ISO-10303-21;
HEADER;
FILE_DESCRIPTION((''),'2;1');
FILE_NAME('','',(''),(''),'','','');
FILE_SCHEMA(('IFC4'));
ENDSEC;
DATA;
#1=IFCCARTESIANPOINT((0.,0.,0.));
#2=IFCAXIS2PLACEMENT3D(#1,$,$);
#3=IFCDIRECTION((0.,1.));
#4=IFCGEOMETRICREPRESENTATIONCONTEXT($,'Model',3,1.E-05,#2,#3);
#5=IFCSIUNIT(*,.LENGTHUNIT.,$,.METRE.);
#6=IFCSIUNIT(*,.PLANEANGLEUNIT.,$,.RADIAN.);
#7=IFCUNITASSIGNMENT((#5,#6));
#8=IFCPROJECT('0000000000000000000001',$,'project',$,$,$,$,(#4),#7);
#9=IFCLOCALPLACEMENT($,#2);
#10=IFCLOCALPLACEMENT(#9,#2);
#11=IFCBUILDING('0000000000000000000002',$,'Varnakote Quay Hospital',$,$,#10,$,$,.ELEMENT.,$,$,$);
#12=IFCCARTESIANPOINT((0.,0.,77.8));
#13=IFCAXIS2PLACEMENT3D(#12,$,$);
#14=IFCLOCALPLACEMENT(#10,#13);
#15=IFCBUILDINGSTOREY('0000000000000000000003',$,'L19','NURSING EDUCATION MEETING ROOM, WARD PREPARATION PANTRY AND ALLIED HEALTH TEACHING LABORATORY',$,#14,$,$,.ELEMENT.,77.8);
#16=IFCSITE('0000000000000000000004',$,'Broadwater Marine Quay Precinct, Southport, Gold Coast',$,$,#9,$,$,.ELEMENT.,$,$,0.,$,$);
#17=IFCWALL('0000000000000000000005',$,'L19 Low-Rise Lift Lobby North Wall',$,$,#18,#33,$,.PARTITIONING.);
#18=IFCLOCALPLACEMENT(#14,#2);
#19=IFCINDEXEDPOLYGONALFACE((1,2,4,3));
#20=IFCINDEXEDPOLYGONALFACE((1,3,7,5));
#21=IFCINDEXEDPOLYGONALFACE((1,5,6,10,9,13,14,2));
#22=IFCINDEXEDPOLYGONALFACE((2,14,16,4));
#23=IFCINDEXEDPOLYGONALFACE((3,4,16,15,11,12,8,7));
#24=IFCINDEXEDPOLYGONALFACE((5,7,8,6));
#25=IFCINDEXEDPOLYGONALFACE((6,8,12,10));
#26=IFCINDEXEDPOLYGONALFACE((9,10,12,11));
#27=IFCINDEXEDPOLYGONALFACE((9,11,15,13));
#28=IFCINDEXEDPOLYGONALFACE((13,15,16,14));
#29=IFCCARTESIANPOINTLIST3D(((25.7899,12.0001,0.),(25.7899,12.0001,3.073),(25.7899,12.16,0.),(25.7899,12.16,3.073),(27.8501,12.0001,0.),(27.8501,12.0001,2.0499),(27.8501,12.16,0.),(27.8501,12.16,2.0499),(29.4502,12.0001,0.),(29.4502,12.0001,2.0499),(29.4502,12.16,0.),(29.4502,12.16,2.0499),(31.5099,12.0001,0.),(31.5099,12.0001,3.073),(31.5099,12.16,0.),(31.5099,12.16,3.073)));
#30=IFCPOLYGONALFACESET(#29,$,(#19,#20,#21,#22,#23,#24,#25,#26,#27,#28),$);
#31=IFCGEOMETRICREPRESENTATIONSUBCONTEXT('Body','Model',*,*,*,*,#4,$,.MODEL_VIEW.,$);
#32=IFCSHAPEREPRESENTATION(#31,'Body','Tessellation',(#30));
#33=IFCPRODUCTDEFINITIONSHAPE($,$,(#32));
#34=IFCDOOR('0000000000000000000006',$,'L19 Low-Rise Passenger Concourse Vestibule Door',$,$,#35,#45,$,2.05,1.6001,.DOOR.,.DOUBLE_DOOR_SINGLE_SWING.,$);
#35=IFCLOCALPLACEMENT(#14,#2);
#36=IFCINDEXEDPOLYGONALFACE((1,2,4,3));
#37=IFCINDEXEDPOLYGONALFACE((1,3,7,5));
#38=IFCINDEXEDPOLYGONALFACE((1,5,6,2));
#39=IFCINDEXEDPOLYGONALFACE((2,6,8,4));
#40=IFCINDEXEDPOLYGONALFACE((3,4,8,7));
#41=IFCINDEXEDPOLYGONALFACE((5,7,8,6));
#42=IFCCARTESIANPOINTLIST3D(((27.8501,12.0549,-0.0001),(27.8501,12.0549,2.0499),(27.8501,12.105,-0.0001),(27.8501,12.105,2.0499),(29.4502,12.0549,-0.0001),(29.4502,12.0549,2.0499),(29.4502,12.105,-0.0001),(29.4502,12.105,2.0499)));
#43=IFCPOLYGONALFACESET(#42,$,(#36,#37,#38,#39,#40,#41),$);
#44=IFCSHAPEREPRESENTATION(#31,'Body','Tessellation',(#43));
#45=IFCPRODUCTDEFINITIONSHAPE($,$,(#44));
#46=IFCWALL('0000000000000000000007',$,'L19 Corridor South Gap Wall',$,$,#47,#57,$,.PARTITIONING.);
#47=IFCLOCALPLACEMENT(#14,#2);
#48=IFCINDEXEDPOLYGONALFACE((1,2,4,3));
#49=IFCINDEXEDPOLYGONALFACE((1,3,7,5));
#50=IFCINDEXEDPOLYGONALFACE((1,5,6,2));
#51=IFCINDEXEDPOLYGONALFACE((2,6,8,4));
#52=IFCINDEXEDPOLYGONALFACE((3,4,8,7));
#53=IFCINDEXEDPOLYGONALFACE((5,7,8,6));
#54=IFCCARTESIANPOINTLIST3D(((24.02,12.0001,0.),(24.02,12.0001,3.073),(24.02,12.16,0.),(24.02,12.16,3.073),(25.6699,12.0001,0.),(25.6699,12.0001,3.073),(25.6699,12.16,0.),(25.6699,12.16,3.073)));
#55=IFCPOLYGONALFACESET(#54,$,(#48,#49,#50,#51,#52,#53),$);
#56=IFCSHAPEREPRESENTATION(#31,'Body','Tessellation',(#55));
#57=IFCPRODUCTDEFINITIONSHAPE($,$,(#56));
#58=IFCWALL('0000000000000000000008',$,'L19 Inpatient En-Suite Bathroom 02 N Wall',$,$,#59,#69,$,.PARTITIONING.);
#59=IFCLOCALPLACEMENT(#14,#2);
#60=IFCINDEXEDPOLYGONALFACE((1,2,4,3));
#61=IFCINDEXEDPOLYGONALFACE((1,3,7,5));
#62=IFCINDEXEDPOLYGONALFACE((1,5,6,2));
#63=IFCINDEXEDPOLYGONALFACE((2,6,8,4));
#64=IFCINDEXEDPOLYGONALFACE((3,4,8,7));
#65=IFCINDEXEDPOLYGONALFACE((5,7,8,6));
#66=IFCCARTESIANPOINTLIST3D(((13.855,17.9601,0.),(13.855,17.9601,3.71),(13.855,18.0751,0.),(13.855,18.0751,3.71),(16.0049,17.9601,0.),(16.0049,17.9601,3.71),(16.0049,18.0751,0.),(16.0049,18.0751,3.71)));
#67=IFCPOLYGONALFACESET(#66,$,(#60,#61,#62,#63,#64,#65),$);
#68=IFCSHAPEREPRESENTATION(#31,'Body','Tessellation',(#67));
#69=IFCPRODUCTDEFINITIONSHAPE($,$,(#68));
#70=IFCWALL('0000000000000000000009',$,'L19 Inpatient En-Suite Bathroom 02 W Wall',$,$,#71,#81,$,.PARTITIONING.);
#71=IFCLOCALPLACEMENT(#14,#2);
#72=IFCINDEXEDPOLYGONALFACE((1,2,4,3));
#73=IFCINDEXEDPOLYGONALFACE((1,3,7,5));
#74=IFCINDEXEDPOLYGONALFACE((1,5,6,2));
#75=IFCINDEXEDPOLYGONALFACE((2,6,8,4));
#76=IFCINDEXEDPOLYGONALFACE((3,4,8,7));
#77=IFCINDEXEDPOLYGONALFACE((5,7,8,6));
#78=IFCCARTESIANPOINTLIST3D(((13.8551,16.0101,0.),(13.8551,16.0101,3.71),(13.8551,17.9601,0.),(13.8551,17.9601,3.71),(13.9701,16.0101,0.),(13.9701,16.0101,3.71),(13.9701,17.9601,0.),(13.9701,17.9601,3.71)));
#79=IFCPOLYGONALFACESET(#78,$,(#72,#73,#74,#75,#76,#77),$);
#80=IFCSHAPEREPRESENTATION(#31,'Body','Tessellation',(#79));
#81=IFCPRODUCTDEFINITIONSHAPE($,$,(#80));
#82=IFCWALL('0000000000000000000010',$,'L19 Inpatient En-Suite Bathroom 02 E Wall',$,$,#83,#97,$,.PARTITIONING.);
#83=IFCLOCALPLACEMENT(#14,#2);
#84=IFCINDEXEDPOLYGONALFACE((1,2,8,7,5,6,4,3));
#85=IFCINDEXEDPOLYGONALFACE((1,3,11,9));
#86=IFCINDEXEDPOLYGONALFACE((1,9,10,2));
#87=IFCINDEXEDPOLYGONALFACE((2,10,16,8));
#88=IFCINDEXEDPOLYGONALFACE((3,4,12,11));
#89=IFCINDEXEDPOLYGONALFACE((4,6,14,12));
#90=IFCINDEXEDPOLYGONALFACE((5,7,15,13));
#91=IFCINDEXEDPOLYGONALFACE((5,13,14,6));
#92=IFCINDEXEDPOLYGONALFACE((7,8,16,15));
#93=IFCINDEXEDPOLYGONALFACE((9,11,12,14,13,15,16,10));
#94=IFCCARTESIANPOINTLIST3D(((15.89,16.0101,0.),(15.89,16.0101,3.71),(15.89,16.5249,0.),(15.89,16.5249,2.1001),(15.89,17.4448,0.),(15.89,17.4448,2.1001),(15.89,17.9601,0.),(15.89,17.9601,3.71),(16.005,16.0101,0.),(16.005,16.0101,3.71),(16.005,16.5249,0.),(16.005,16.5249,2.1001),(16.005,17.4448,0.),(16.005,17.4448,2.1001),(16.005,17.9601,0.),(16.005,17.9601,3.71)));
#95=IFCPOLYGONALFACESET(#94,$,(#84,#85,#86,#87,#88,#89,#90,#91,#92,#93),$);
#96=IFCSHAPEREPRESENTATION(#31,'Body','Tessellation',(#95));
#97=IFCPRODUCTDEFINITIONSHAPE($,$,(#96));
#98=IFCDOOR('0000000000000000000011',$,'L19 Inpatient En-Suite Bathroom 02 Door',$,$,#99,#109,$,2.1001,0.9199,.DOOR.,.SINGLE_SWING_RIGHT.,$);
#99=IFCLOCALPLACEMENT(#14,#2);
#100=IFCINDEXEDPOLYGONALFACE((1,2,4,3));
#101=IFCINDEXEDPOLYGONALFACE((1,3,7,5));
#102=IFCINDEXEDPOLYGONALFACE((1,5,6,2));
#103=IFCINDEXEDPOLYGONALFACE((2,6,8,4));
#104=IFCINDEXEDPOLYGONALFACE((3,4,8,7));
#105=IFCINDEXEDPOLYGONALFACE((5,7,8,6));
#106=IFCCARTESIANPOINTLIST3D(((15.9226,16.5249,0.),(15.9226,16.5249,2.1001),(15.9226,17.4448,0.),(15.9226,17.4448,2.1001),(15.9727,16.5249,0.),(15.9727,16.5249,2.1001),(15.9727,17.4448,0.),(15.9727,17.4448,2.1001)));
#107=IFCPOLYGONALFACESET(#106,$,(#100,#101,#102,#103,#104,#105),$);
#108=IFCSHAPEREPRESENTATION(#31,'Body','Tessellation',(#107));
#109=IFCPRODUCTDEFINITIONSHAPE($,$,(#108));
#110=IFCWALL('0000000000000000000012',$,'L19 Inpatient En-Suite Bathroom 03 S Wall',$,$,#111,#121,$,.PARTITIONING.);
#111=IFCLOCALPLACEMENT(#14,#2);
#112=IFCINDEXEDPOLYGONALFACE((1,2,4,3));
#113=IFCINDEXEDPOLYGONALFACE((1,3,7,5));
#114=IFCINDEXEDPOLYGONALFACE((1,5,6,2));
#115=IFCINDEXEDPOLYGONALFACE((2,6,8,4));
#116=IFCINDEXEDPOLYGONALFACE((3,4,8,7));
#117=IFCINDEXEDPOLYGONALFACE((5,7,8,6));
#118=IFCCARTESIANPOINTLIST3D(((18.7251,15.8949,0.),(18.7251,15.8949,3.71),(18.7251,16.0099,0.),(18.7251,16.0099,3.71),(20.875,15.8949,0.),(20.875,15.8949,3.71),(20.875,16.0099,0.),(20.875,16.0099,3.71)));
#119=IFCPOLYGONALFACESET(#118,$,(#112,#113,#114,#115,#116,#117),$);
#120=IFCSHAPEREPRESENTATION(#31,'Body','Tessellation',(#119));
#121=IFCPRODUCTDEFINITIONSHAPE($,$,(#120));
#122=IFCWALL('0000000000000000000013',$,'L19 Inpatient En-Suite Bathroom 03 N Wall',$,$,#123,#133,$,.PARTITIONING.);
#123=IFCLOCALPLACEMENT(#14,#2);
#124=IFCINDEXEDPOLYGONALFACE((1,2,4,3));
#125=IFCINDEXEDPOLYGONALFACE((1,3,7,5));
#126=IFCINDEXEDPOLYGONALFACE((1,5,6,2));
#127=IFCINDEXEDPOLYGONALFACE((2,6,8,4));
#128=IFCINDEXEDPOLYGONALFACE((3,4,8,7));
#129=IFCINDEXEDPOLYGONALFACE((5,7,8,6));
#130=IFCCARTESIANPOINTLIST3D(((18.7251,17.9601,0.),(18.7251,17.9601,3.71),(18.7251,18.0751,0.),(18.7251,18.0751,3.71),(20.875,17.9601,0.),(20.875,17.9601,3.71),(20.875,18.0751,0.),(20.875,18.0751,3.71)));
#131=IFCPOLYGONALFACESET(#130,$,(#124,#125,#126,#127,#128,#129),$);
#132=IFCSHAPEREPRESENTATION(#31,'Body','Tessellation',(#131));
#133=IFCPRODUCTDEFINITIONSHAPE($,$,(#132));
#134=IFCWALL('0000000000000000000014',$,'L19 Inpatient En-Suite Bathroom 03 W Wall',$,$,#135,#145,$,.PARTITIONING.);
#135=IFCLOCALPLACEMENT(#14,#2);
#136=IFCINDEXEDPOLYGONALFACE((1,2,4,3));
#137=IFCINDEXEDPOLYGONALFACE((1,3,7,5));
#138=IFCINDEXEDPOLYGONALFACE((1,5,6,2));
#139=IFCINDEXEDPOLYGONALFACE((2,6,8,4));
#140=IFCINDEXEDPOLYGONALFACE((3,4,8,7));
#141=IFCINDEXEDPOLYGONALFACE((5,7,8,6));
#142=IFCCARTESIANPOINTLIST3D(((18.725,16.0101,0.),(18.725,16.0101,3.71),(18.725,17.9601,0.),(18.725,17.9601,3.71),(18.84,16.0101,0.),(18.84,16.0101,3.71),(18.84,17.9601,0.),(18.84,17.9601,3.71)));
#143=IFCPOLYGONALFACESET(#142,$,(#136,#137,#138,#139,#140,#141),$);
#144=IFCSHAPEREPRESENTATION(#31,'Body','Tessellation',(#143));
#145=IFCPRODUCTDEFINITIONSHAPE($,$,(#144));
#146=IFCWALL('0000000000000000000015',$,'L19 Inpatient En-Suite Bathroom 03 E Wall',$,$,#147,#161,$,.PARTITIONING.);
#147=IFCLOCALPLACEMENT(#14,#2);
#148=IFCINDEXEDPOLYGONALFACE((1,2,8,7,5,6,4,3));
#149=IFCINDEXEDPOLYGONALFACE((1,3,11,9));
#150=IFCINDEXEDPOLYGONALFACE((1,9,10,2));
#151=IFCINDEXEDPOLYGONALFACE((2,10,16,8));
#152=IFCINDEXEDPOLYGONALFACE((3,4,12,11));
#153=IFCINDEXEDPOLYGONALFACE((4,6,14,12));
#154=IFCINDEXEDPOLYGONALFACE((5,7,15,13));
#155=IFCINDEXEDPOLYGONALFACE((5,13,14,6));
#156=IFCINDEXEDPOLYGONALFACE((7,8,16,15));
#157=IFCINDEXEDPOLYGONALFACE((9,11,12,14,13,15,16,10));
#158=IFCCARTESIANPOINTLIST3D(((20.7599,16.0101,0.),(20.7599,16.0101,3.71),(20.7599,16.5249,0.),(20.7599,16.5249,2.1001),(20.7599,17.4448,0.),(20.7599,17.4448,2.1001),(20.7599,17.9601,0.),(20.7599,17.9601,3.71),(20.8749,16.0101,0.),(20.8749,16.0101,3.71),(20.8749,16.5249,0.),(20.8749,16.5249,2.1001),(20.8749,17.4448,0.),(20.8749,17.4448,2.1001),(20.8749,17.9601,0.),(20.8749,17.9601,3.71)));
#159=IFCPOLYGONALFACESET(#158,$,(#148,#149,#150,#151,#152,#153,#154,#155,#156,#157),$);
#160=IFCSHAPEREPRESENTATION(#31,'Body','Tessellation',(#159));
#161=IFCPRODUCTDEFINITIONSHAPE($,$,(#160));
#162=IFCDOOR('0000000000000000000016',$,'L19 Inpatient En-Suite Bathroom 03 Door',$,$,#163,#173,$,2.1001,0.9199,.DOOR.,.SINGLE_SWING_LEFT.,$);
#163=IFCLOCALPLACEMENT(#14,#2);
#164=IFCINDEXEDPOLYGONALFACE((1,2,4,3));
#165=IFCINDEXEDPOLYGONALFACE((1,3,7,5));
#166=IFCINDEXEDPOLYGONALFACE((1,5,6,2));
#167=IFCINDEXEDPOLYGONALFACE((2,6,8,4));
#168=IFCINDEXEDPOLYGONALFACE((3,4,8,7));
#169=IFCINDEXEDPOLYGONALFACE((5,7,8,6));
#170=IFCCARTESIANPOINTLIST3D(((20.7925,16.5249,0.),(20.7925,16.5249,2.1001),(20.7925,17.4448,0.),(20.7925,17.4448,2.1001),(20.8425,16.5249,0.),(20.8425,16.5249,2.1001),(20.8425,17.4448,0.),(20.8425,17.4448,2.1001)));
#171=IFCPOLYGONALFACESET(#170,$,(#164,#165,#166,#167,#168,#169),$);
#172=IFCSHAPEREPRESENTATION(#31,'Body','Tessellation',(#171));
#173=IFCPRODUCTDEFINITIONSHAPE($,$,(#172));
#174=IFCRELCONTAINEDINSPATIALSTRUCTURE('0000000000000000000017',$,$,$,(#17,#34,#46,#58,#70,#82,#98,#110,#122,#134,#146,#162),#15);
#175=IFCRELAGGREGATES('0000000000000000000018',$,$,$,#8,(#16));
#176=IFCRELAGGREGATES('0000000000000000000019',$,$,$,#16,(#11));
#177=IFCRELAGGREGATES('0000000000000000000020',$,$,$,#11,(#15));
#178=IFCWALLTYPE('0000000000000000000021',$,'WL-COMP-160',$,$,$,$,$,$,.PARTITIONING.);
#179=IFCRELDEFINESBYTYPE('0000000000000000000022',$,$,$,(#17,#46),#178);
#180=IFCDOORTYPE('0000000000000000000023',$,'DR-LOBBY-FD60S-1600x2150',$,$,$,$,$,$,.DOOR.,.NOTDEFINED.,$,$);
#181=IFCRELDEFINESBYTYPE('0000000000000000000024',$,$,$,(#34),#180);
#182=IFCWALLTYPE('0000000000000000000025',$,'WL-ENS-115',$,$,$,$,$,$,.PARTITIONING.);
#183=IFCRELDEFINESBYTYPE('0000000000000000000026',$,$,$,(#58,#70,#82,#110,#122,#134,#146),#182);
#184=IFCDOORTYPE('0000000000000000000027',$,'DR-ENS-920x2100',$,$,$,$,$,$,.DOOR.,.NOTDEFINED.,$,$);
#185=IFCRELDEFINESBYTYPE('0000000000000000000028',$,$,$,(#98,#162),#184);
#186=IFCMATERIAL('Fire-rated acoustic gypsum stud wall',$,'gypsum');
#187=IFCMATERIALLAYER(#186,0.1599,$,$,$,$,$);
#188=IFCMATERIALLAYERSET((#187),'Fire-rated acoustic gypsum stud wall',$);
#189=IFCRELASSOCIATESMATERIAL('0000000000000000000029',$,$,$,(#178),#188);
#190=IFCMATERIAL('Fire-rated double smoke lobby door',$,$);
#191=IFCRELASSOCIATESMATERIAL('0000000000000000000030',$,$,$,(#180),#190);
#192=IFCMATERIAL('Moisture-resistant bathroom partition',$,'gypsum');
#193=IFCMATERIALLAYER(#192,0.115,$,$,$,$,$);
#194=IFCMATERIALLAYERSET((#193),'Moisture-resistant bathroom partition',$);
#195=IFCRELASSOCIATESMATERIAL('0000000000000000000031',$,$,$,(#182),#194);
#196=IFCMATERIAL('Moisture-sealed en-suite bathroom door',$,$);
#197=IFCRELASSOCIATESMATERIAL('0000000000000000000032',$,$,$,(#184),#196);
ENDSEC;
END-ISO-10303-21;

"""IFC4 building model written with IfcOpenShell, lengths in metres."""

from ifc_helpers import new_model, si_unit, direction, frame, frame_2d, origin, place, context, subcontext, project, spatial, rectangle, extrude, material, layer, layer_set, type_object, element, fill, save


model = new_model("IFC4")

# Units and contexts
model_context = context("Model", 3, precision=1e-05, world=origin(), true_north=direction((0.0, 1.0)))
body_context = subcontext(model_context, "Body", "Model", "MODEL_VIEW")
ifc_project = project(units=[si_unit("LENGTHUNIT", "METRE"), si_unit("PLANEANGLEUNIT", "RADIAN")], contexts=[model_context])

# Site, building, storey
site_placement = place(None, origin())
site = spatial("IfcSite", under=ifc_project, at=site_placement, Name="Broadwater Marine Quay Precinct, Southport, Gold Coast", CompositionType="ELEMENT", RefElevation=0.0)
building_placement = place(site_placement, origin())
building = spatial("IfcBuilding", under=site, at=building_placement, Name="Varnakote Quay Hospital", CompositionType="ELEMENT")
storey_placement = place(building_placement, frame((0.0, 0.0, 77.8)))
storey = spatial("IfcBuildingStorey", under=building, at=storey_placement, Name="L19", Description="NURSING EDUCATION MEETING ROOM, WARD PREPARATION PANTRY AND ALLIED HEALTH TEACHING LABORATORY", CompositionType="ELEMENT", Elevation=77.8)

# Wall, opening, door
ifc_material_1 = material(Name="Fire-rated acoustic gypsum stud wall", Category="gypsum")
ifc_layer_1 = layer(ifc_material_1, 0.1599)
ifc_layer_set_1 = layer_set([ifc_layer_1], Name="Fire-rated acoustic gypsum stud wall")
wall_type_1 = type_object("IfcWallType", Name="WL-COMP-160", PredefinedType="PARTITIONING", material=ifc_layer_set_1)
wall_1_placement = place(storey_placement, frame((25.79, 12.0801, 0.0), z_axis=(0.0, 0.0, 1.0), x_axis=(1.0, 0.0, 0.0)))
wall_1 = element("IfcWall", 1, at=wall_1_placement, inside=storey, type_object=wall_type_1, Name="L19 Low-Rise Lift Lobby North Wall", PredefinedType="PARTITIONING", context=body_context, shape_type="SweptSolid", body=[
    extrude(rectangle(XDim=5.72, YDim=0.1599, at=frame_2d((2.8599, 0.0))), origin(), (0.0, 0.0, 1.0), 3.073),
])
opening_1_placement = place(wall_1_placement, frame((2.0601, 0.0, 0.0)))
opening_1 = element("IfcOpeningElement", 2, at=opening_1_placement, cuts=wall_1, PredefinedType="OPENING", context=body_context, shape_type="SweptSolid", body=[
    extrude(rectangle(XDim=1.6001, YDim=2.05, at=frame_2d((0.8, 1.0249))), frame((0.0, 0.0898, 0.0), z_axis=(0.0, -1.0, 0.0), x_axis=(1.0, 0.0, 0.0)), (0.0, 0.0, 1.0), 0.1799),
])
ifc_material_2 = material(Name="Fire-rated double smoke lobby door")
door_type_1 = type_object("IfcDoorType", Name="DR-LOBBY-FD60S-1600x2150", OperationType="NOTDEFINED", PredefinedType="DOOR", material=ifc_material_2)
door_1_placement = place(opening_1_placement, origin())
door_1 = element("IfcDoor", 3, at=door_1_placement, inside=storey, type_object=door_type_1, Name="L19 Low-Rise Passenger Concourse Vestibule Door", OperationType="DOUBLE_DOOR_SINGLE_SWING", OverallHeight=2.05, OverallWidth=1.6001, PredefinedType="DOOR", context=body_context, shape_type="SweptSolid", body=[
    extrude(rectangle(XDim=1.6001, YDim=2.05, at=frame_2d((0.8, 1.0249))), frame((0.0, 0.0249, 0.0), z_axis=(0.0, -1.0, 0.0), x_axis=(1.0, 0.0, 0.0)), (0.0, 0.0, 1.0), 0.05),
])
fill(opening_1, door_1)

# Walls
wall_2_placement = place(storey_placement, frame((24.02, 12.0801, 0.0), z_axis=(0.0, 0.0, 1.0), x_axis=(1.0, 0.0, 0.0)))
element("IfcWall", 4, at=wall_2_placement, inside=storey, type_object=wall_type_1, Name="L19 Corridor South Gap Wall", PredefinedType="PARTITIONING", context=body_context, shape_type="SweptSolid", body=[
    extrude(rectangle(XDim=1.6499, YDim=0.1599, at=frame_2d((0.825, 0.0))), origin(), (0.0, 0.0, 1.0), 3.073),
])
ifc_material_3 = material(Name="Moisture-resistant bathroom partition", Category="gypsum")
ifc_layer_2 = layer(ifc_material_3, 0.115)
ifc_layer_set_2 = layer_set([ifc_layer_2], Name="Moisture-resistant bathroom partition")
wall_type_2 = type_object("IfcWallType", Name="WL-ENS-115", PredefinedType="PARTITIONING", material=ifc_layer_set_2)
wall_3_placement = place(storey_placement, frame((13.855, 18.0176, 0.0), z_axis=(0.0, 0.0, 1.0), x_axis=(1.0, 0.0, 0.0)))
element("IfcWall", 5, at=wall_3_placement, inside=storey, type_object=wall_type_2, Name="L19 Inpatient En-Suite Bathroom 02 N Wall", PredefinedType="PARTITIONING", context=body_context, shape_type="SweptSolid", body=[
    extrude(rectangle(XDim=2.1499, YDim=0.115, at=frame_2d((1.075, 0.0))), origin(), (0.0, 0.0, 1.0), 3.71),
])
wall_4_placement = place(storey_placement, frame((13.9126, 16.01, 0.0), z_axis=(0.0, 0.0, 1.0), x_axis=(0.0, 1.0, 0.0)))
element("IfcWall", 6, at=wall_4_placement, inside=storey, type_object=wall_type_2, Name="L19 Inpatient En-Suite Bathroom 02 W Wall", PredefinedType="PARTITIONING", context=body_context, shape_type="SweptSolid", body=[
    extrude(rectangle(XDim=1.95, YDim=0.115, at=frame_2d((0.9751, 0.0))), origin(), (0.0, 0.0, 1.0), 3.71),
])

# Wall, opening, door
wall_5_placement = place(storey_placement, frame((15.9475, 16.01, 0.0), z_axis=(0.0, 0.0, 1.0), x_axis=(0.0, 1.0, 0.0)))
wall_5 = element("IfcWall", 7, at=wall_5_placement, inside=storey, type_object=wall_type_2, Name="L19 Inpatient En-Suite Bathroom 02 E Wall", PredefinedType="PARTITIONING", context=body_context, shape_type="SweptSolid", body=[
    extrude(rectangle(XDim=1.95, YDim=0.115, at=frame_2d((0.9751, 0.0))), origin(), (0.0, 0.0, 1.0), 3.71),
])
opening_2_placement = place(wall_5_placement, frame((0.5149, 0.0, 0.0)))
opening_2 = element("IfcOpeningElement", 8, at=opening_2_placement, cuts=wall_5, PredefinedType="OPENING", context=body_context, shape_type="SweptSolid", body=[
    extrude(rectangle(XDim=0.9199, YDim=2.1001, at=frame_2d((0.46, 1.05))), frame((0.0, 0.0674, 0.0), z_axis=(0.0, -1.0, 0.0), x_axis=(1.0, 0.0, 0.0)), (0.0, 0.0, 1.0), 0.135),
])
ifc_material_4 = material(Name="Moisture-sealed en-suite bathroom door")
door_type_2 = type_object("IfcDoorType", Name="DR-ENS-920x2100", OperationType="NOTDEFINED", PredefinedType="DOOR", material=ifc_material_4)
door_2_placement = place(opening_2_placement, origin())
door_2 = element("IfcDoor", 9, at=door_2_placement, inside=storey, type_object=door_type_2, Name="L19 Inpatient En-Suite Bathroom 02 Door", OperationType="SINGLE_SWING_RIGHT", OverallHeight=2.1001, OverallWidth=0.9199, PredefinedType="DOOR", context=body_context, shape_type="SweptSolid", body=[
    extrude(rectangle(XDim=0.9199, YDim=2.1001, at=frame_2d((0.46, 1.05))), frame((0.0, 0.0249, 0.0), z_axis=(0.0, -1.0, 0.0), x_axis=(1.0, 0.0, 0.0)), (0.0, 0.0, 1.0), 0.05),
])
fill(opening_2, door_2)

# Walls
for number, where, z_axis, x_axis, name in (
    (10, (18.7251, 15.9524, 0.0), (0.0, 0.0, 1.0), (1.0, 0.0, 0.0), "L19 Inpatient En-Suite Bathroom 03 S Wall"),
    (11, (18.7251, 18.0176, 0.0), (0.0, 0.0, 1.0), (1.0, 0.0, 0.0), "L19 Inpatient En-Suite Bathroom 03 N Wall"),
):
    element("IfcWall", number, at=place(storey_placement, frame(where, z_axis=z_axis, x_axis=x_axis)), inside=storey, type_object=wall_type_2, Name=name, PredefinedType="PARTITIONING", context=body_context, shape_type="SweptSolid", body=[
        extrude(rectangle(XDim=2.1499, YDim=0.115, at=frame_2d((1.075, 0.0))), origin(), (0.0, 0.0, 1.0), 3.71),
    ])
wall_6_placement = place(storey_placement, frame((18.7825, 16.01, 0.0), z_axis=(0.0, 0.0, 1.0), x_axis=(0.0, 1.0, 0.0)))
element("IfcWall", 12, at=wall_6_placement, inside=storey, type_object=wall_type_2, Name="L19 Inpatient En-Suite Bathroom 03 W Wall", PredefinedType="PARTITIONING", context=body_context, shape_type="SweptSolid", body=[
    extrude(rectangle(XDim=1.95, YDim=0.115, at=frame_2d((0.9751, 0.0))), origin(), (0.0, 0.0, 1.0), 3.71),
])

# Wall, opening, door
wall_7_placement = place(storey_placement, frame((20.8174, 16.01, 0.0), z_axis=(0.0, 0.0, 1.0), x_axis=(0.0, 1.0, 0.0)))
wall_7 = element("IfcWall", 13, at=wall_7_placement, inside=storey, type_object=wall_type_2, Name="L19 Inpatient En-Suite Bathroom 03 E Wall", PredefinedType="PARTITIONING", context=body_context, shape_type="SweptSolid", body=[
    extrude(rectangle(XDim=1.95, YDim=0.115, at=frame_2d((0.9751, 0.0))), origin(), (0.0, 0.0, 1.0), 3.71),
])
opening_3_placement = place(wall_7_placement, frame((0.5149, 0.0, 0.0)))
opening_3 = element("IfcOpeningElement", 14, at=opening_3_placement, cuts=wall_7, PredefinedType="OPENING", context=body_context, shape_type="SweptSolid", body=[
    extrude(rectangle(XDim=0.9199, YDim=2.1001, at=frame_2d((0.46, 1.05))), frame((0.0, 0.0674, 0.0), z_axis=(0.0, -1.0, 0.0), x_axis=(1.0, 0.0, 0.0)), (0.0, 0.0, 1.0), 0.135),
])
door_3_placement = place(opening_3_placement, origin())
door_3 = element("IfcDoor", 15, at=door_3_placement, inside=storey, type_object=door_type_2, Name="L19 Inpatient En-Suite Bathroom 03 Door", OperationType="SINGLE_SWING_LEFT", OverallHeight=2.1001, OverallWidth=0.9199, PredefinedType="DOOR", context=body_context, shape_type="SweptSolid", body=[
    extrude(rectangle(XDim=0.9199, YDim=2.1001, at=frame_2d((0.46, 1.05))), frame((0.0, 0.0249, 0.0), z_axis=(0.0, -1.0, 0.0), x_axis=(1.0, 0.0, 0.0)), (0.0, 0.0, 1.0), 0.05),
])
fill(opening_3, door_3)

save(model, "model.ifc")
